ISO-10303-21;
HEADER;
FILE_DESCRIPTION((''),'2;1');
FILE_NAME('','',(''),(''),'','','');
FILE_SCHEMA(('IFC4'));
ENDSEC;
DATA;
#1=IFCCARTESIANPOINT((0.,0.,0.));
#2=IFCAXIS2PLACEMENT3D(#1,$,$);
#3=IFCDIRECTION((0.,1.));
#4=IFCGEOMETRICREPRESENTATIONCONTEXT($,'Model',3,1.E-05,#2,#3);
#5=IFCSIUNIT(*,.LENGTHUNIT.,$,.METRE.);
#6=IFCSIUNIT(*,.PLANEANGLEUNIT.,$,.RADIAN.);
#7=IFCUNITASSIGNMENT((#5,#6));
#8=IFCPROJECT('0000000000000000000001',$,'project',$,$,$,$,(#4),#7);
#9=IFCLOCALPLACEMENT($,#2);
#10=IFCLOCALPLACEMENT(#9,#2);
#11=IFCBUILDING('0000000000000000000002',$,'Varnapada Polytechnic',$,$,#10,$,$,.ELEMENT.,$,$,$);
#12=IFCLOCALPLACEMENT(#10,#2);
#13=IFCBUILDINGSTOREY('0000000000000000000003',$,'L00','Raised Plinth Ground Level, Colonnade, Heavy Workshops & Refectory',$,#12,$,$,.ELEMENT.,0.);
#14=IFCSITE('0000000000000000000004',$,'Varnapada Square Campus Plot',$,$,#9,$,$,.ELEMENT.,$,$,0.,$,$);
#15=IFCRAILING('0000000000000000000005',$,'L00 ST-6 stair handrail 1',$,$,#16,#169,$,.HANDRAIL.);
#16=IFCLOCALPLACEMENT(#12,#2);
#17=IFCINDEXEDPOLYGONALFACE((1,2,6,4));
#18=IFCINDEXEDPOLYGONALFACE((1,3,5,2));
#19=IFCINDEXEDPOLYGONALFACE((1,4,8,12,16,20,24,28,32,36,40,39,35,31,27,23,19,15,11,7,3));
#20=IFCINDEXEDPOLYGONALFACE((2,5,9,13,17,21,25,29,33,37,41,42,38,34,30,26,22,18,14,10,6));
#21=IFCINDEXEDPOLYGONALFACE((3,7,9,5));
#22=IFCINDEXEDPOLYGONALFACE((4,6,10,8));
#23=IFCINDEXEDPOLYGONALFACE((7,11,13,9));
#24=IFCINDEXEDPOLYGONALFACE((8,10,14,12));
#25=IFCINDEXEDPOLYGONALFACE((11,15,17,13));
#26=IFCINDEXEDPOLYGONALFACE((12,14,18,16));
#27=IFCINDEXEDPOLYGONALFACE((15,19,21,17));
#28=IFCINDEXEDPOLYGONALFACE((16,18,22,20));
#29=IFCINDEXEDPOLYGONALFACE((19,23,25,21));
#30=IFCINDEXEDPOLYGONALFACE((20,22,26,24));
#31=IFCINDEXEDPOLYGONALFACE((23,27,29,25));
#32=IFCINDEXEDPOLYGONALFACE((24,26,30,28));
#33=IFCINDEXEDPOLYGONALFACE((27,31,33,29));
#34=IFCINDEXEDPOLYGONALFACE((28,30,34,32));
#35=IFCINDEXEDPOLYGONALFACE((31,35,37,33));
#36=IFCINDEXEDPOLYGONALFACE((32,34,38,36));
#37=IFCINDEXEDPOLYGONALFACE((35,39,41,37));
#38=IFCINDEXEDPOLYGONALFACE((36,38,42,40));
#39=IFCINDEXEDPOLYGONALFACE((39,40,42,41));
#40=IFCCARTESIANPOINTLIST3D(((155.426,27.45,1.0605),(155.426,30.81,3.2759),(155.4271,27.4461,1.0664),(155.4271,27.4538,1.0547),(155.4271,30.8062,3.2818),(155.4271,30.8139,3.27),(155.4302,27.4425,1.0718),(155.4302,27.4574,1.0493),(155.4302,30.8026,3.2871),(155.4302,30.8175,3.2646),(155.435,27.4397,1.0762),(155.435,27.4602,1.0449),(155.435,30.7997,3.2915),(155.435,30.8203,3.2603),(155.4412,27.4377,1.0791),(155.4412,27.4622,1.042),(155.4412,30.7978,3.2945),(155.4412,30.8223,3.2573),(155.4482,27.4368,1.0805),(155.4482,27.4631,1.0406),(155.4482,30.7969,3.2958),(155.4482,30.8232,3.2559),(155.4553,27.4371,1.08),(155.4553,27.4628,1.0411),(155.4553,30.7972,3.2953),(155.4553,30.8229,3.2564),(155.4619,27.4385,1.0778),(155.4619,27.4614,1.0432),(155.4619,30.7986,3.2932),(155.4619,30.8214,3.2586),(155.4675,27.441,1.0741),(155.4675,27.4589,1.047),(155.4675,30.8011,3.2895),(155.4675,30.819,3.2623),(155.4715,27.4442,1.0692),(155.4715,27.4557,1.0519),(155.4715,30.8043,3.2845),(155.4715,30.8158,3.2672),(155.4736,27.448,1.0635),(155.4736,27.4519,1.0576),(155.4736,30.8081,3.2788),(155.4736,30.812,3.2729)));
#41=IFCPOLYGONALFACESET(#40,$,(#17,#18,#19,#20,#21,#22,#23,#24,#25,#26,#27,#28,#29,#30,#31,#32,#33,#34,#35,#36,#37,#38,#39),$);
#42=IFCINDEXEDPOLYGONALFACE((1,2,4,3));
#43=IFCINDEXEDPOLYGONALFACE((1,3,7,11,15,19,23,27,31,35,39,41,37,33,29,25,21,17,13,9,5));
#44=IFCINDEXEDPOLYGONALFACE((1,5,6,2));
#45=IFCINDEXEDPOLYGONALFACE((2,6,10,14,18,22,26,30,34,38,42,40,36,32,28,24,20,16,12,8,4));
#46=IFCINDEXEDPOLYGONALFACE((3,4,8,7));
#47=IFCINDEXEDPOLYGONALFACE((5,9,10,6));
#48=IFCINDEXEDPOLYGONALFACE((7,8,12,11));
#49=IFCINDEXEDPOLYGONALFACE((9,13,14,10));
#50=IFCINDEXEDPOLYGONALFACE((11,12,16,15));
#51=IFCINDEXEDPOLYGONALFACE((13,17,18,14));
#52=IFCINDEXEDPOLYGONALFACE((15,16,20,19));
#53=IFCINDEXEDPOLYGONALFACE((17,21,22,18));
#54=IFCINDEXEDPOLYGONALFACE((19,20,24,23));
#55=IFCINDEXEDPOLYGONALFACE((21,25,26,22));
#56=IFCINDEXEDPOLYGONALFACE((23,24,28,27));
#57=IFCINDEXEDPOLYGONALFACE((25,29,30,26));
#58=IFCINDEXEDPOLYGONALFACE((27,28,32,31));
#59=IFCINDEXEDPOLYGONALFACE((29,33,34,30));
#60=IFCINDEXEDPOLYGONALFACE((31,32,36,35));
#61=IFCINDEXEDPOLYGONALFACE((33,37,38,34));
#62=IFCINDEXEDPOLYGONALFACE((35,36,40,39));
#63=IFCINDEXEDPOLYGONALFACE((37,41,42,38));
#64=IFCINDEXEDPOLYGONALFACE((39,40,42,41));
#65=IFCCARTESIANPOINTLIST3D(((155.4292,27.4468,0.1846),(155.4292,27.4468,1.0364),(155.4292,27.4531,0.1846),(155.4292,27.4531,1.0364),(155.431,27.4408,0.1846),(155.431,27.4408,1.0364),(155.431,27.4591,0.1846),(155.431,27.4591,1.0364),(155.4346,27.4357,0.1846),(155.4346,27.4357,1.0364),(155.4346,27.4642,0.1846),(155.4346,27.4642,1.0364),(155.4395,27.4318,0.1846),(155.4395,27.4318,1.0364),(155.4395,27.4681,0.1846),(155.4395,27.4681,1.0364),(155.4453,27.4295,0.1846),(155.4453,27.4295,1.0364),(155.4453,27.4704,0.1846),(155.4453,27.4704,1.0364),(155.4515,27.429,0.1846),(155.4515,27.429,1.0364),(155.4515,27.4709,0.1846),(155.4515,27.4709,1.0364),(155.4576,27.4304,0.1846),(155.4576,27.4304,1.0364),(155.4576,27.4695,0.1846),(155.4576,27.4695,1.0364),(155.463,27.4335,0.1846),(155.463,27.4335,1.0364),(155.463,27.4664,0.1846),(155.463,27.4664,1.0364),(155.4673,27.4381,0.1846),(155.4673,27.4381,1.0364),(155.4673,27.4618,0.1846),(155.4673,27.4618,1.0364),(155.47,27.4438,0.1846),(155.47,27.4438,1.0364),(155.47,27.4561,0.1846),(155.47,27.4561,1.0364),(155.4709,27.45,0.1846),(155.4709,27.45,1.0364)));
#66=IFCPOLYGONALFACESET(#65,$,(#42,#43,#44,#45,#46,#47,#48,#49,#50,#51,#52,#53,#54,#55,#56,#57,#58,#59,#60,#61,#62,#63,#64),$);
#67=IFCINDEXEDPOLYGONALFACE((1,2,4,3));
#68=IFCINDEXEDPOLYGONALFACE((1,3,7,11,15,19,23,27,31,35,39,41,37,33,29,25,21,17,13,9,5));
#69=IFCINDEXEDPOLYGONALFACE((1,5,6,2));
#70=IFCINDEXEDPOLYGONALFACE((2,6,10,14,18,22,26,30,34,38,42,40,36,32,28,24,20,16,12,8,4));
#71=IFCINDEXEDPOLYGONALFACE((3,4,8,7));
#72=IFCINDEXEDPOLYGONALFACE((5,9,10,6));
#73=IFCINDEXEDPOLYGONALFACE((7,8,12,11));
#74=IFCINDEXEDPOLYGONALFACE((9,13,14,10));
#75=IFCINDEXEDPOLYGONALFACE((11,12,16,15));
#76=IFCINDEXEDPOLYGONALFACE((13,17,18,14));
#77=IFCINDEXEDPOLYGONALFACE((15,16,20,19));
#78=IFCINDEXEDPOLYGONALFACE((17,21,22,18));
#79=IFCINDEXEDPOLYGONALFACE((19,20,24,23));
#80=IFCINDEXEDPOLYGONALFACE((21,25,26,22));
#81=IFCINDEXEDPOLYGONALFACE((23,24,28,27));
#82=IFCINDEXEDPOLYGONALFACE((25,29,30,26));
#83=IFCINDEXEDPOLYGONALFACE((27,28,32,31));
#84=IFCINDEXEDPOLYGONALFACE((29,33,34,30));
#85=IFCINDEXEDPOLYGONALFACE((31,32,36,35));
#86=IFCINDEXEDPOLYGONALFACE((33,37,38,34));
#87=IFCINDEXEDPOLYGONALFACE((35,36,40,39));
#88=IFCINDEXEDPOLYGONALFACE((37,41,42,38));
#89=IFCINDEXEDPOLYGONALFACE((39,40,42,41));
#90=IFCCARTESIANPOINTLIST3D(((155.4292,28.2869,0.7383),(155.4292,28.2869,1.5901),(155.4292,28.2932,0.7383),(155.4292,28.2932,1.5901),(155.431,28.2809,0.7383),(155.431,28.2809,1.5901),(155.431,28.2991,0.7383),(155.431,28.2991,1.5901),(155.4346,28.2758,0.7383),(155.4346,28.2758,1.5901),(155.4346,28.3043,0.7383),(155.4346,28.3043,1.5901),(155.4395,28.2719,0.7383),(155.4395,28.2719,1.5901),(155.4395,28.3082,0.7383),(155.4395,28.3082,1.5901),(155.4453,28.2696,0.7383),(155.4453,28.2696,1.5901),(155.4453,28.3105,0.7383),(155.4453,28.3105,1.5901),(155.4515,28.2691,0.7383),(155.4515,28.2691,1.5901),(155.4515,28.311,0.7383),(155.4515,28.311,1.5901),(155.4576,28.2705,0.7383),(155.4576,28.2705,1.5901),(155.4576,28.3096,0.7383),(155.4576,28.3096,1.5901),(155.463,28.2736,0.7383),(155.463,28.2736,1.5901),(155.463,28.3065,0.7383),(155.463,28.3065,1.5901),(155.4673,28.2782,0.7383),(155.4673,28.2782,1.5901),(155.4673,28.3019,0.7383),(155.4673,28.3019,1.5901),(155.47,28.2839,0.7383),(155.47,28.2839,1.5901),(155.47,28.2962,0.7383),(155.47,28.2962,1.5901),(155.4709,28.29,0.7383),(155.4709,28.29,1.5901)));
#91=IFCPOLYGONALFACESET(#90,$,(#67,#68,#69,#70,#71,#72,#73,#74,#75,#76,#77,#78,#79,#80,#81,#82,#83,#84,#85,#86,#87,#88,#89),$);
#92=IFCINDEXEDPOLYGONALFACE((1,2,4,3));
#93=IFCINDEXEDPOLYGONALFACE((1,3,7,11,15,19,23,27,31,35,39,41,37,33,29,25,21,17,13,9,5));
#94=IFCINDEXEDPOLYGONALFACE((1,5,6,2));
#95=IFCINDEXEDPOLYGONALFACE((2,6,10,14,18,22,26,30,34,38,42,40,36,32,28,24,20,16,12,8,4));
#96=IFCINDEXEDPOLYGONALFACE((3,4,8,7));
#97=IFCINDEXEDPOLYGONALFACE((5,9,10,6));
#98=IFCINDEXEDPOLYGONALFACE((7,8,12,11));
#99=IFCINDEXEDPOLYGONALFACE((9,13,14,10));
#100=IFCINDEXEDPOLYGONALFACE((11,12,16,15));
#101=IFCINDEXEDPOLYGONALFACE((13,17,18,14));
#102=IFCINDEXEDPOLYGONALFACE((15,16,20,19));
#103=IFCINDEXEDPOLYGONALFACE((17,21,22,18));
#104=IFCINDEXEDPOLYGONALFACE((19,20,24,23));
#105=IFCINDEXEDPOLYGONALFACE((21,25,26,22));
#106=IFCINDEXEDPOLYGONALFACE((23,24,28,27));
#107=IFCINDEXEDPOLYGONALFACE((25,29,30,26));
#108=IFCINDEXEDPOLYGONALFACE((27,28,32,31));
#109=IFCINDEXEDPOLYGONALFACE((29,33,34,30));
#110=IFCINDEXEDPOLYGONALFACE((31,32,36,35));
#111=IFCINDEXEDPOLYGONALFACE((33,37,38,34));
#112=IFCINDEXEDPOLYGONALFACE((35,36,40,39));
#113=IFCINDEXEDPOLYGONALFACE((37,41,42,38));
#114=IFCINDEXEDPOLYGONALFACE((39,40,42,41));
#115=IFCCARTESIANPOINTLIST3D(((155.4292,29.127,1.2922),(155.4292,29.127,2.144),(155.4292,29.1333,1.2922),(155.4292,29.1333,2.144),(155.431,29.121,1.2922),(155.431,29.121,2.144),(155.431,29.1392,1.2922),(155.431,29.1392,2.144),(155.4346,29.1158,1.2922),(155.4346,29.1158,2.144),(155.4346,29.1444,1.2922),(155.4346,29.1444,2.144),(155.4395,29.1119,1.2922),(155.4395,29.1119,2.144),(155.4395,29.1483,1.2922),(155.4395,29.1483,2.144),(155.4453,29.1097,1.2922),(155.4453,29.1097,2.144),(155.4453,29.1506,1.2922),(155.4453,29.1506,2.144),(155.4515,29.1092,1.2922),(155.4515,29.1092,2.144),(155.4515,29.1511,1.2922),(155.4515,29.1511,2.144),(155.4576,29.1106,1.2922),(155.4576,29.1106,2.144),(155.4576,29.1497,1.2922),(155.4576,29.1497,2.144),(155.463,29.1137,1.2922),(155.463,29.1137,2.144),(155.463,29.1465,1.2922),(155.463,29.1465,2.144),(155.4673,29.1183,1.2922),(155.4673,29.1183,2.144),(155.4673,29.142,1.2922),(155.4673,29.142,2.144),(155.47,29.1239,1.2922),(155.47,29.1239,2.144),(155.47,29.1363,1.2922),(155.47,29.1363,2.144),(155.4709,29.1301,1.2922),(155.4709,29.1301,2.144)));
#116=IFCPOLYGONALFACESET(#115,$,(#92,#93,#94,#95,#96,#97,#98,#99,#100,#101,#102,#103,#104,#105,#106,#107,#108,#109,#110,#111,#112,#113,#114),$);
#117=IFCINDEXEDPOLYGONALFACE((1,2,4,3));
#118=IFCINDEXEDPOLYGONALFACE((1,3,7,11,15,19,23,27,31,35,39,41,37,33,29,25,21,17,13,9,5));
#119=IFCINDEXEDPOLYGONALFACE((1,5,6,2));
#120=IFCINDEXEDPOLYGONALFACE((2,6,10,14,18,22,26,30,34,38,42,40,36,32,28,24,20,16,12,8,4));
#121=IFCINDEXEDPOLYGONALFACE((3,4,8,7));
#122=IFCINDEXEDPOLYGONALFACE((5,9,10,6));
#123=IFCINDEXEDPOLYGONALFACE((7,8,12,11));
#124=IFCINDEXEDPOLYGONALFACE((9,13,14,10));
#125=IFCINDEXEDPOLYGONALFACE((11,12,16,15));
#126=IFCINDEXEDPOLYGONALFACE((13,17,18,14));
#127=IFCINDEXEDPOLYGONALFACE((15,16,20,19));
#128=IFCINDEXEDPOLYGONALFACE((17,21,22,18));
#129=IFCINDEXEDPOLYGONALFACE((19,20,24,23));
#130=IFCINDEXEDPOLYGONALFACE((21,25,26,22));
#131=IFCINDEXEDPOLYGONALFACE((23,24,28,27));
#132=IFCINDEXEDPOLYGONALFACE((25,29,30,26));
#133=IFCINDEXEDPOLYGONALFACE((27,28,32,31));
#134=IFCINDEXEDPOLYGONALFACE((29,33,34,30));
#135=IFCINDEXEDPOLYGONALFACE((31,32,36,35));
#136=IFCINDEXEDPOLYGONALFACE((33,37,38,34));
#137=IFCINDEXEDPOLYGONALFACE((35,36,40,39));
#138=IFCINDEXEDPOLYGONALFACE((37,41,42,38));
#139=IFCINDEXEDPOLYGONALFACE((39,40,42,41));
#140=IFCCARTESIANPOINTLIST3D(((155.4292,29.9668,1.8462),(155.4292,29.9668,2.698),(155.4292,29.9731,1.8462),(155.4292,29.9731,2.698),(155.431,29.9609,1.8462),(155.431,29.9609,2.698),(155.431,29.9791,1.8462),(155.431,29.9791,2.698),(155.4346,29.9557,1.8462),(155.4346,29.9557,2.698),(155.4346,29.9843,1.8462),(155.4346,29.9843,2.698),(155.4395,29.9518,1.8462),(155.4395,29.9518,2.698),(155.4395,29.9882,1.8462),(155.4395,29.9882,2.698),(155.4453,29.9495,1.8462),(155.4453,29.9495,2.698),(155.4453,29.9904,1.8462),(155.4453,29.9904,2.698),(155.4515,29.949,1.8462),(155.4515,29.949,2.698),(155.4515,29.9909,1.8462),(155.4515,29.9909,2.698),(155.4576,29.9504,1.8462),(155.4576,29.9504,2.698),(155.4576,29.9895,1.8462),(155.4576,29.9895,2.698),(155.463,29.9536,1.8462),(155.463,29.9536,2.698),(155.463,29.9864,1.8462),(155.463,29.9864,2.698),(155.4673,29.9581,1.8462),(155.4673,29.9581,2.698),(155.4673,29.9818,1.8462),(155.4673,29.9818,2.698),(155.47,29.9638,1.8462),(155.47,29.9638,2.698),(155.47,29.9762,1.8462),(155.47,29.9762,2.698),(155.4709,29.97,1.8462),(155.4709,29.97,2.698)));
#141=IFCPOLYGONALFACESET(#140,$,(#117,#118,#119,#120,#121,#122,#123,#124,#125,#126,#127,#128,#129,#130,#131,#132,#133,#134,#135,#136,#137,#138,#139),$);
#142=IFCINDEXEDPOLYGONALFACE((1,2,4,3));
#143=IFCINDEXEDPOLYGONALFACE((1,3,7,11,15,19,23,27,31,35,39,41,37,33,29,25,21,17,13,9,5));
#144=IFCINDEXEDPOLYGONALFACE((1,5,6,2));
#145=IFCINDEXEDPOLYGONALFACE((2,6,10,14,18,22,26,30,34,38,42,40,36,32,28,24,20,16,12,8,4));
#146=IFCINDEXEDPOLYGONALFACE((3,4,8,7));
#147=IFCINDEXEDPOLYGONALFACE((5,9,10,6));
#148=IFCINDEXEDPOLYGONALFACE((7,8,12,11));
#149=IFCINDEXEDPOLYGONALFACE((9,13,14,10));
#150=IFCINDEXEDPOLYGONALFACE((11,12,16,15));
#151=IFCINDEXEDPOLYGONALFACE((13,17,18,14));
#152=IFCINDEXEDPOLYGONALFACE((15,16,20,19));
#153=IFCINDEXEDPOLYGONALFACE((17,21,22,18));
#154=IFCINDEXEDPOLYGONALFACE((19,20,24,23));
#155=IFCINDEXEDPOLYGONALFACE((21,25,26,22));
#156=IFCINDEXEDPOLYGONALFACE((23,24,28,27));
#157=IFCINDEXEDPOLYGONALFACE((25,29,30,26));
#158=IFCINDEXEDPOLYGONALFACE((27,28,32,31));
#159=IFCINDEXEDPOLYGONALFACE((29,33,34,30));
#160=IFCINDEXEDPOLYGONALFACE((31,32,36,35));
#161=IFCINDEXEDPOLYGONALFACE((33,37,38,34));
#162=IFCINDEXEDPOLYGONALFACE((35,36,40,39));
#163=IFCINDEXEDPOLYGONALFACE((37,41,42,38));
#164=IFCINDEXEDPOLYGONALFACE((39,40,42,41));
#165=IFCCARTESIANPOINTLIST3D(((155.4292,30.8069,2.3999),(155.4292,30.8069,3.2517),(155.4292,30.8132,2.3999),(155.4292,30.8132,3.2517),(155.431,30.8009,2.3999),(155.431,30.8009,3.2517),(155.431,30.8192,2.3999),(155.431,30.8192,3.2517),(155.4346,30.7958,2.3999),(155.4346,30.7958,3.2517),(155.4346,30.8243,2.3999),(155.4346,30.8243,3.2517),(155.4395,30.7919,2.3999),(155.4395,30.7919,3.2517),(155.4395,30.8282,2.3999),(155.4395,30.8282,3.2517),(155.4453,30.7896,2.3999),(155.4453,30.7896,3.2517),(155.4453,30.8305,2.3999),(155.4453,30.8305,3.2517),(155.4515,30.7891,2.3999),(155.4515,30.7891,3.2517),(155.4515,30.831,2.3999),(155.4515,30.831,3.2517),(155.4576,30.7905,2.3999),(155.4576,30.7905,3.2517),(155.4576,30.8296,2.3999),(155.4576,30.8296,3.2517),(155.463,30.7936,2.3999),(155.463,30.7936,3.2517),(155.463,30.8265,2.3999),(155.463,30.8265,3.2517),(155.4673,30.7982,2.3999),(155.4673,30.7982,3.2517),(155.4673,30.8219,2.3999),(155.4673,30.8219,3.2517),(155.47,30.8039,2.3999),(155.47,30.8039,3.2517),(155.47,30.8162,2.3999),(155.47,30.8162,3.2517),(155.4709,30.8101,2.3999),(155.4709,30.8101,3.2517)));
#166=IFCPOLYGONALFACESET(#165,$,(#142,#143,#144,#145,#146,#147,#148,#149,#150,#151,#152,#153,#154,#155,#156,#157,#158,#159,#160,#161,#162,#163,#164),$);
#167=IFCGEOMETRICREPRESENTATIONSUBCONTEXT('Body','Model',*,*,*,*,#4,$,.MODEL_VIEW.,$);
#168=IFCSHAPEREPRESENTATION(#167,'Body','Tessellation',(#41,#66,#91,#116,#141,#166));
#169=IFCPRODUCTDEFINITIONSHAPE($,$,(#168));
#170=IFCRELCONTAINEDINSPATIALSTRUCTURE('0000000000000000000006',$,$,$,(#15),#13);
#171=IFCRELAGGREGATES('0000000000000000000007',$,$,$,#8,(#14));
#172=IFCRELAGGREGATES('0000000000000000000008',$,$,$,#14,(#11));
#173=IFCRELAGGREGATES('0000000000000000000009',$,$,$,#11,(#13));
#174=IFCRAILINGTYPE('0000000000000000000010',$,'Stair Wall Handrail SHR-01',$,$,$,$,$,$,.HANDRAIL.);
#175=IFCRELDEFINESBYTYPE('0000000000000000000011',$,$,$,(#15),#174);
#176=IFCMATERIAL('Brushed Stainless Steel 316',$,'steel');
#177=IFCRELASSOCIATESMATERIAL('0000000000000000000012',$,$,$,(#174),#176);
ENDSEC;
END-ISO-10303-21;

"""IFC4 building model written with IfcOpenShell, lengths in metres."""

from ifc_helpers import new_model, si_unit, direction, frame, origin, origin_2d, place, context, subcontext, project, spatial, circle, extrude, material, type_object, element, save


model = new_model("IFC4")

# Units and contexts
model_context = context("Model", 3, precision=1e-05, world=origin(), true_north=direction((0.0, 1.0)))
body_context = subcontext(model_context, "Body", "Model", "MODEL_VIEW")
ifc_project = project(units=[si_unit("LENGTHUNIT", "METRE"), si_unit("PLANEANGLEUNIT", "RADIAN")], contexts=[model_context])

# Site, building, storey
site_placement = place(None, origin())
site = spatial("IfcSite", under=ifc_project, at=site_placement, Name="Varnapada Square Campus Plot", CompositionType="ELEMENT", RefElevation=0.0)
building_placement = place(site_placement, origin())
building = spatial("IfcBuilding", under=site, at=building_placement, Name="Varnapada Polytechnic", CompositionType="ELEMENT")
storey_placement = place(building_placement, origin())
storey = spatial("IfcBuildingStorey", under=building, at=storey_placement, Name="L00", Description="Raised Plinth Ground Level, Colonnade, Heavy Workshops & Refectory", CompositionType="ELEMENT", Elevation=0.0)

# Shared definitions
ifc_material_1 = material(Name="Brushed Stainless Steel 316", Category="steel")

# Railing
railing_type_1 = type_object("IfcRailingType", Name="Stair Wall Handrail SHR-01", PredefinedType="HANDRAIL", material=ifc_material_1)
railing_1_placement = place(storey_placement, frame((155.45, 27.45, 0.1846)))
element("IfcRailing", 1, at=railing_1_placement, inside=storey, type_object=railing_type_1, Name="L00 ST-6 stair handrail 1", PredefinedType="HANDRAIL", context=body_context, shape_type="SweptSolid", body=[
    extrude(circle(Radius=0.0239, at=origin_2d()), frame((0.0, 0.0, 0.876), z_axis=(0.0, 0.834876, 0.550437), x_axis=(-1.0, 0.0, 0.0)), (0.0, 0.0, 1.0), 4.0247),
    extrude(circle(Radius=0.021, at=origin_2d()), origin(), (0.0, 0.0, 1.0), 0.8518),
    extrude(circle(Radius=0.021, at=origin_2d()), frame((0.0, 0.8401, 0.5537)), (0.0, 0.0, 1.0), 0.8518),
    extrude(circle(Radius=0.021, at=origin_2d()), frame((0.0, 1.6802, 1.1077)), (0.0, 0.0, 1.0), 0.8518),
    extrude(circle(Radius=0.021, at=origin_2d()), frame((0.0, 2.52, 1.6616)), (0.0, 0.0, 1.0), 0.8518),
    extrude(circle(Radius=0.021, at=origin_2d()), frame((0.0, 3.3601, 2.2153)), (0.0, 0.0, 1.0), 0.8518),
])

save(model, "model.ifc")
